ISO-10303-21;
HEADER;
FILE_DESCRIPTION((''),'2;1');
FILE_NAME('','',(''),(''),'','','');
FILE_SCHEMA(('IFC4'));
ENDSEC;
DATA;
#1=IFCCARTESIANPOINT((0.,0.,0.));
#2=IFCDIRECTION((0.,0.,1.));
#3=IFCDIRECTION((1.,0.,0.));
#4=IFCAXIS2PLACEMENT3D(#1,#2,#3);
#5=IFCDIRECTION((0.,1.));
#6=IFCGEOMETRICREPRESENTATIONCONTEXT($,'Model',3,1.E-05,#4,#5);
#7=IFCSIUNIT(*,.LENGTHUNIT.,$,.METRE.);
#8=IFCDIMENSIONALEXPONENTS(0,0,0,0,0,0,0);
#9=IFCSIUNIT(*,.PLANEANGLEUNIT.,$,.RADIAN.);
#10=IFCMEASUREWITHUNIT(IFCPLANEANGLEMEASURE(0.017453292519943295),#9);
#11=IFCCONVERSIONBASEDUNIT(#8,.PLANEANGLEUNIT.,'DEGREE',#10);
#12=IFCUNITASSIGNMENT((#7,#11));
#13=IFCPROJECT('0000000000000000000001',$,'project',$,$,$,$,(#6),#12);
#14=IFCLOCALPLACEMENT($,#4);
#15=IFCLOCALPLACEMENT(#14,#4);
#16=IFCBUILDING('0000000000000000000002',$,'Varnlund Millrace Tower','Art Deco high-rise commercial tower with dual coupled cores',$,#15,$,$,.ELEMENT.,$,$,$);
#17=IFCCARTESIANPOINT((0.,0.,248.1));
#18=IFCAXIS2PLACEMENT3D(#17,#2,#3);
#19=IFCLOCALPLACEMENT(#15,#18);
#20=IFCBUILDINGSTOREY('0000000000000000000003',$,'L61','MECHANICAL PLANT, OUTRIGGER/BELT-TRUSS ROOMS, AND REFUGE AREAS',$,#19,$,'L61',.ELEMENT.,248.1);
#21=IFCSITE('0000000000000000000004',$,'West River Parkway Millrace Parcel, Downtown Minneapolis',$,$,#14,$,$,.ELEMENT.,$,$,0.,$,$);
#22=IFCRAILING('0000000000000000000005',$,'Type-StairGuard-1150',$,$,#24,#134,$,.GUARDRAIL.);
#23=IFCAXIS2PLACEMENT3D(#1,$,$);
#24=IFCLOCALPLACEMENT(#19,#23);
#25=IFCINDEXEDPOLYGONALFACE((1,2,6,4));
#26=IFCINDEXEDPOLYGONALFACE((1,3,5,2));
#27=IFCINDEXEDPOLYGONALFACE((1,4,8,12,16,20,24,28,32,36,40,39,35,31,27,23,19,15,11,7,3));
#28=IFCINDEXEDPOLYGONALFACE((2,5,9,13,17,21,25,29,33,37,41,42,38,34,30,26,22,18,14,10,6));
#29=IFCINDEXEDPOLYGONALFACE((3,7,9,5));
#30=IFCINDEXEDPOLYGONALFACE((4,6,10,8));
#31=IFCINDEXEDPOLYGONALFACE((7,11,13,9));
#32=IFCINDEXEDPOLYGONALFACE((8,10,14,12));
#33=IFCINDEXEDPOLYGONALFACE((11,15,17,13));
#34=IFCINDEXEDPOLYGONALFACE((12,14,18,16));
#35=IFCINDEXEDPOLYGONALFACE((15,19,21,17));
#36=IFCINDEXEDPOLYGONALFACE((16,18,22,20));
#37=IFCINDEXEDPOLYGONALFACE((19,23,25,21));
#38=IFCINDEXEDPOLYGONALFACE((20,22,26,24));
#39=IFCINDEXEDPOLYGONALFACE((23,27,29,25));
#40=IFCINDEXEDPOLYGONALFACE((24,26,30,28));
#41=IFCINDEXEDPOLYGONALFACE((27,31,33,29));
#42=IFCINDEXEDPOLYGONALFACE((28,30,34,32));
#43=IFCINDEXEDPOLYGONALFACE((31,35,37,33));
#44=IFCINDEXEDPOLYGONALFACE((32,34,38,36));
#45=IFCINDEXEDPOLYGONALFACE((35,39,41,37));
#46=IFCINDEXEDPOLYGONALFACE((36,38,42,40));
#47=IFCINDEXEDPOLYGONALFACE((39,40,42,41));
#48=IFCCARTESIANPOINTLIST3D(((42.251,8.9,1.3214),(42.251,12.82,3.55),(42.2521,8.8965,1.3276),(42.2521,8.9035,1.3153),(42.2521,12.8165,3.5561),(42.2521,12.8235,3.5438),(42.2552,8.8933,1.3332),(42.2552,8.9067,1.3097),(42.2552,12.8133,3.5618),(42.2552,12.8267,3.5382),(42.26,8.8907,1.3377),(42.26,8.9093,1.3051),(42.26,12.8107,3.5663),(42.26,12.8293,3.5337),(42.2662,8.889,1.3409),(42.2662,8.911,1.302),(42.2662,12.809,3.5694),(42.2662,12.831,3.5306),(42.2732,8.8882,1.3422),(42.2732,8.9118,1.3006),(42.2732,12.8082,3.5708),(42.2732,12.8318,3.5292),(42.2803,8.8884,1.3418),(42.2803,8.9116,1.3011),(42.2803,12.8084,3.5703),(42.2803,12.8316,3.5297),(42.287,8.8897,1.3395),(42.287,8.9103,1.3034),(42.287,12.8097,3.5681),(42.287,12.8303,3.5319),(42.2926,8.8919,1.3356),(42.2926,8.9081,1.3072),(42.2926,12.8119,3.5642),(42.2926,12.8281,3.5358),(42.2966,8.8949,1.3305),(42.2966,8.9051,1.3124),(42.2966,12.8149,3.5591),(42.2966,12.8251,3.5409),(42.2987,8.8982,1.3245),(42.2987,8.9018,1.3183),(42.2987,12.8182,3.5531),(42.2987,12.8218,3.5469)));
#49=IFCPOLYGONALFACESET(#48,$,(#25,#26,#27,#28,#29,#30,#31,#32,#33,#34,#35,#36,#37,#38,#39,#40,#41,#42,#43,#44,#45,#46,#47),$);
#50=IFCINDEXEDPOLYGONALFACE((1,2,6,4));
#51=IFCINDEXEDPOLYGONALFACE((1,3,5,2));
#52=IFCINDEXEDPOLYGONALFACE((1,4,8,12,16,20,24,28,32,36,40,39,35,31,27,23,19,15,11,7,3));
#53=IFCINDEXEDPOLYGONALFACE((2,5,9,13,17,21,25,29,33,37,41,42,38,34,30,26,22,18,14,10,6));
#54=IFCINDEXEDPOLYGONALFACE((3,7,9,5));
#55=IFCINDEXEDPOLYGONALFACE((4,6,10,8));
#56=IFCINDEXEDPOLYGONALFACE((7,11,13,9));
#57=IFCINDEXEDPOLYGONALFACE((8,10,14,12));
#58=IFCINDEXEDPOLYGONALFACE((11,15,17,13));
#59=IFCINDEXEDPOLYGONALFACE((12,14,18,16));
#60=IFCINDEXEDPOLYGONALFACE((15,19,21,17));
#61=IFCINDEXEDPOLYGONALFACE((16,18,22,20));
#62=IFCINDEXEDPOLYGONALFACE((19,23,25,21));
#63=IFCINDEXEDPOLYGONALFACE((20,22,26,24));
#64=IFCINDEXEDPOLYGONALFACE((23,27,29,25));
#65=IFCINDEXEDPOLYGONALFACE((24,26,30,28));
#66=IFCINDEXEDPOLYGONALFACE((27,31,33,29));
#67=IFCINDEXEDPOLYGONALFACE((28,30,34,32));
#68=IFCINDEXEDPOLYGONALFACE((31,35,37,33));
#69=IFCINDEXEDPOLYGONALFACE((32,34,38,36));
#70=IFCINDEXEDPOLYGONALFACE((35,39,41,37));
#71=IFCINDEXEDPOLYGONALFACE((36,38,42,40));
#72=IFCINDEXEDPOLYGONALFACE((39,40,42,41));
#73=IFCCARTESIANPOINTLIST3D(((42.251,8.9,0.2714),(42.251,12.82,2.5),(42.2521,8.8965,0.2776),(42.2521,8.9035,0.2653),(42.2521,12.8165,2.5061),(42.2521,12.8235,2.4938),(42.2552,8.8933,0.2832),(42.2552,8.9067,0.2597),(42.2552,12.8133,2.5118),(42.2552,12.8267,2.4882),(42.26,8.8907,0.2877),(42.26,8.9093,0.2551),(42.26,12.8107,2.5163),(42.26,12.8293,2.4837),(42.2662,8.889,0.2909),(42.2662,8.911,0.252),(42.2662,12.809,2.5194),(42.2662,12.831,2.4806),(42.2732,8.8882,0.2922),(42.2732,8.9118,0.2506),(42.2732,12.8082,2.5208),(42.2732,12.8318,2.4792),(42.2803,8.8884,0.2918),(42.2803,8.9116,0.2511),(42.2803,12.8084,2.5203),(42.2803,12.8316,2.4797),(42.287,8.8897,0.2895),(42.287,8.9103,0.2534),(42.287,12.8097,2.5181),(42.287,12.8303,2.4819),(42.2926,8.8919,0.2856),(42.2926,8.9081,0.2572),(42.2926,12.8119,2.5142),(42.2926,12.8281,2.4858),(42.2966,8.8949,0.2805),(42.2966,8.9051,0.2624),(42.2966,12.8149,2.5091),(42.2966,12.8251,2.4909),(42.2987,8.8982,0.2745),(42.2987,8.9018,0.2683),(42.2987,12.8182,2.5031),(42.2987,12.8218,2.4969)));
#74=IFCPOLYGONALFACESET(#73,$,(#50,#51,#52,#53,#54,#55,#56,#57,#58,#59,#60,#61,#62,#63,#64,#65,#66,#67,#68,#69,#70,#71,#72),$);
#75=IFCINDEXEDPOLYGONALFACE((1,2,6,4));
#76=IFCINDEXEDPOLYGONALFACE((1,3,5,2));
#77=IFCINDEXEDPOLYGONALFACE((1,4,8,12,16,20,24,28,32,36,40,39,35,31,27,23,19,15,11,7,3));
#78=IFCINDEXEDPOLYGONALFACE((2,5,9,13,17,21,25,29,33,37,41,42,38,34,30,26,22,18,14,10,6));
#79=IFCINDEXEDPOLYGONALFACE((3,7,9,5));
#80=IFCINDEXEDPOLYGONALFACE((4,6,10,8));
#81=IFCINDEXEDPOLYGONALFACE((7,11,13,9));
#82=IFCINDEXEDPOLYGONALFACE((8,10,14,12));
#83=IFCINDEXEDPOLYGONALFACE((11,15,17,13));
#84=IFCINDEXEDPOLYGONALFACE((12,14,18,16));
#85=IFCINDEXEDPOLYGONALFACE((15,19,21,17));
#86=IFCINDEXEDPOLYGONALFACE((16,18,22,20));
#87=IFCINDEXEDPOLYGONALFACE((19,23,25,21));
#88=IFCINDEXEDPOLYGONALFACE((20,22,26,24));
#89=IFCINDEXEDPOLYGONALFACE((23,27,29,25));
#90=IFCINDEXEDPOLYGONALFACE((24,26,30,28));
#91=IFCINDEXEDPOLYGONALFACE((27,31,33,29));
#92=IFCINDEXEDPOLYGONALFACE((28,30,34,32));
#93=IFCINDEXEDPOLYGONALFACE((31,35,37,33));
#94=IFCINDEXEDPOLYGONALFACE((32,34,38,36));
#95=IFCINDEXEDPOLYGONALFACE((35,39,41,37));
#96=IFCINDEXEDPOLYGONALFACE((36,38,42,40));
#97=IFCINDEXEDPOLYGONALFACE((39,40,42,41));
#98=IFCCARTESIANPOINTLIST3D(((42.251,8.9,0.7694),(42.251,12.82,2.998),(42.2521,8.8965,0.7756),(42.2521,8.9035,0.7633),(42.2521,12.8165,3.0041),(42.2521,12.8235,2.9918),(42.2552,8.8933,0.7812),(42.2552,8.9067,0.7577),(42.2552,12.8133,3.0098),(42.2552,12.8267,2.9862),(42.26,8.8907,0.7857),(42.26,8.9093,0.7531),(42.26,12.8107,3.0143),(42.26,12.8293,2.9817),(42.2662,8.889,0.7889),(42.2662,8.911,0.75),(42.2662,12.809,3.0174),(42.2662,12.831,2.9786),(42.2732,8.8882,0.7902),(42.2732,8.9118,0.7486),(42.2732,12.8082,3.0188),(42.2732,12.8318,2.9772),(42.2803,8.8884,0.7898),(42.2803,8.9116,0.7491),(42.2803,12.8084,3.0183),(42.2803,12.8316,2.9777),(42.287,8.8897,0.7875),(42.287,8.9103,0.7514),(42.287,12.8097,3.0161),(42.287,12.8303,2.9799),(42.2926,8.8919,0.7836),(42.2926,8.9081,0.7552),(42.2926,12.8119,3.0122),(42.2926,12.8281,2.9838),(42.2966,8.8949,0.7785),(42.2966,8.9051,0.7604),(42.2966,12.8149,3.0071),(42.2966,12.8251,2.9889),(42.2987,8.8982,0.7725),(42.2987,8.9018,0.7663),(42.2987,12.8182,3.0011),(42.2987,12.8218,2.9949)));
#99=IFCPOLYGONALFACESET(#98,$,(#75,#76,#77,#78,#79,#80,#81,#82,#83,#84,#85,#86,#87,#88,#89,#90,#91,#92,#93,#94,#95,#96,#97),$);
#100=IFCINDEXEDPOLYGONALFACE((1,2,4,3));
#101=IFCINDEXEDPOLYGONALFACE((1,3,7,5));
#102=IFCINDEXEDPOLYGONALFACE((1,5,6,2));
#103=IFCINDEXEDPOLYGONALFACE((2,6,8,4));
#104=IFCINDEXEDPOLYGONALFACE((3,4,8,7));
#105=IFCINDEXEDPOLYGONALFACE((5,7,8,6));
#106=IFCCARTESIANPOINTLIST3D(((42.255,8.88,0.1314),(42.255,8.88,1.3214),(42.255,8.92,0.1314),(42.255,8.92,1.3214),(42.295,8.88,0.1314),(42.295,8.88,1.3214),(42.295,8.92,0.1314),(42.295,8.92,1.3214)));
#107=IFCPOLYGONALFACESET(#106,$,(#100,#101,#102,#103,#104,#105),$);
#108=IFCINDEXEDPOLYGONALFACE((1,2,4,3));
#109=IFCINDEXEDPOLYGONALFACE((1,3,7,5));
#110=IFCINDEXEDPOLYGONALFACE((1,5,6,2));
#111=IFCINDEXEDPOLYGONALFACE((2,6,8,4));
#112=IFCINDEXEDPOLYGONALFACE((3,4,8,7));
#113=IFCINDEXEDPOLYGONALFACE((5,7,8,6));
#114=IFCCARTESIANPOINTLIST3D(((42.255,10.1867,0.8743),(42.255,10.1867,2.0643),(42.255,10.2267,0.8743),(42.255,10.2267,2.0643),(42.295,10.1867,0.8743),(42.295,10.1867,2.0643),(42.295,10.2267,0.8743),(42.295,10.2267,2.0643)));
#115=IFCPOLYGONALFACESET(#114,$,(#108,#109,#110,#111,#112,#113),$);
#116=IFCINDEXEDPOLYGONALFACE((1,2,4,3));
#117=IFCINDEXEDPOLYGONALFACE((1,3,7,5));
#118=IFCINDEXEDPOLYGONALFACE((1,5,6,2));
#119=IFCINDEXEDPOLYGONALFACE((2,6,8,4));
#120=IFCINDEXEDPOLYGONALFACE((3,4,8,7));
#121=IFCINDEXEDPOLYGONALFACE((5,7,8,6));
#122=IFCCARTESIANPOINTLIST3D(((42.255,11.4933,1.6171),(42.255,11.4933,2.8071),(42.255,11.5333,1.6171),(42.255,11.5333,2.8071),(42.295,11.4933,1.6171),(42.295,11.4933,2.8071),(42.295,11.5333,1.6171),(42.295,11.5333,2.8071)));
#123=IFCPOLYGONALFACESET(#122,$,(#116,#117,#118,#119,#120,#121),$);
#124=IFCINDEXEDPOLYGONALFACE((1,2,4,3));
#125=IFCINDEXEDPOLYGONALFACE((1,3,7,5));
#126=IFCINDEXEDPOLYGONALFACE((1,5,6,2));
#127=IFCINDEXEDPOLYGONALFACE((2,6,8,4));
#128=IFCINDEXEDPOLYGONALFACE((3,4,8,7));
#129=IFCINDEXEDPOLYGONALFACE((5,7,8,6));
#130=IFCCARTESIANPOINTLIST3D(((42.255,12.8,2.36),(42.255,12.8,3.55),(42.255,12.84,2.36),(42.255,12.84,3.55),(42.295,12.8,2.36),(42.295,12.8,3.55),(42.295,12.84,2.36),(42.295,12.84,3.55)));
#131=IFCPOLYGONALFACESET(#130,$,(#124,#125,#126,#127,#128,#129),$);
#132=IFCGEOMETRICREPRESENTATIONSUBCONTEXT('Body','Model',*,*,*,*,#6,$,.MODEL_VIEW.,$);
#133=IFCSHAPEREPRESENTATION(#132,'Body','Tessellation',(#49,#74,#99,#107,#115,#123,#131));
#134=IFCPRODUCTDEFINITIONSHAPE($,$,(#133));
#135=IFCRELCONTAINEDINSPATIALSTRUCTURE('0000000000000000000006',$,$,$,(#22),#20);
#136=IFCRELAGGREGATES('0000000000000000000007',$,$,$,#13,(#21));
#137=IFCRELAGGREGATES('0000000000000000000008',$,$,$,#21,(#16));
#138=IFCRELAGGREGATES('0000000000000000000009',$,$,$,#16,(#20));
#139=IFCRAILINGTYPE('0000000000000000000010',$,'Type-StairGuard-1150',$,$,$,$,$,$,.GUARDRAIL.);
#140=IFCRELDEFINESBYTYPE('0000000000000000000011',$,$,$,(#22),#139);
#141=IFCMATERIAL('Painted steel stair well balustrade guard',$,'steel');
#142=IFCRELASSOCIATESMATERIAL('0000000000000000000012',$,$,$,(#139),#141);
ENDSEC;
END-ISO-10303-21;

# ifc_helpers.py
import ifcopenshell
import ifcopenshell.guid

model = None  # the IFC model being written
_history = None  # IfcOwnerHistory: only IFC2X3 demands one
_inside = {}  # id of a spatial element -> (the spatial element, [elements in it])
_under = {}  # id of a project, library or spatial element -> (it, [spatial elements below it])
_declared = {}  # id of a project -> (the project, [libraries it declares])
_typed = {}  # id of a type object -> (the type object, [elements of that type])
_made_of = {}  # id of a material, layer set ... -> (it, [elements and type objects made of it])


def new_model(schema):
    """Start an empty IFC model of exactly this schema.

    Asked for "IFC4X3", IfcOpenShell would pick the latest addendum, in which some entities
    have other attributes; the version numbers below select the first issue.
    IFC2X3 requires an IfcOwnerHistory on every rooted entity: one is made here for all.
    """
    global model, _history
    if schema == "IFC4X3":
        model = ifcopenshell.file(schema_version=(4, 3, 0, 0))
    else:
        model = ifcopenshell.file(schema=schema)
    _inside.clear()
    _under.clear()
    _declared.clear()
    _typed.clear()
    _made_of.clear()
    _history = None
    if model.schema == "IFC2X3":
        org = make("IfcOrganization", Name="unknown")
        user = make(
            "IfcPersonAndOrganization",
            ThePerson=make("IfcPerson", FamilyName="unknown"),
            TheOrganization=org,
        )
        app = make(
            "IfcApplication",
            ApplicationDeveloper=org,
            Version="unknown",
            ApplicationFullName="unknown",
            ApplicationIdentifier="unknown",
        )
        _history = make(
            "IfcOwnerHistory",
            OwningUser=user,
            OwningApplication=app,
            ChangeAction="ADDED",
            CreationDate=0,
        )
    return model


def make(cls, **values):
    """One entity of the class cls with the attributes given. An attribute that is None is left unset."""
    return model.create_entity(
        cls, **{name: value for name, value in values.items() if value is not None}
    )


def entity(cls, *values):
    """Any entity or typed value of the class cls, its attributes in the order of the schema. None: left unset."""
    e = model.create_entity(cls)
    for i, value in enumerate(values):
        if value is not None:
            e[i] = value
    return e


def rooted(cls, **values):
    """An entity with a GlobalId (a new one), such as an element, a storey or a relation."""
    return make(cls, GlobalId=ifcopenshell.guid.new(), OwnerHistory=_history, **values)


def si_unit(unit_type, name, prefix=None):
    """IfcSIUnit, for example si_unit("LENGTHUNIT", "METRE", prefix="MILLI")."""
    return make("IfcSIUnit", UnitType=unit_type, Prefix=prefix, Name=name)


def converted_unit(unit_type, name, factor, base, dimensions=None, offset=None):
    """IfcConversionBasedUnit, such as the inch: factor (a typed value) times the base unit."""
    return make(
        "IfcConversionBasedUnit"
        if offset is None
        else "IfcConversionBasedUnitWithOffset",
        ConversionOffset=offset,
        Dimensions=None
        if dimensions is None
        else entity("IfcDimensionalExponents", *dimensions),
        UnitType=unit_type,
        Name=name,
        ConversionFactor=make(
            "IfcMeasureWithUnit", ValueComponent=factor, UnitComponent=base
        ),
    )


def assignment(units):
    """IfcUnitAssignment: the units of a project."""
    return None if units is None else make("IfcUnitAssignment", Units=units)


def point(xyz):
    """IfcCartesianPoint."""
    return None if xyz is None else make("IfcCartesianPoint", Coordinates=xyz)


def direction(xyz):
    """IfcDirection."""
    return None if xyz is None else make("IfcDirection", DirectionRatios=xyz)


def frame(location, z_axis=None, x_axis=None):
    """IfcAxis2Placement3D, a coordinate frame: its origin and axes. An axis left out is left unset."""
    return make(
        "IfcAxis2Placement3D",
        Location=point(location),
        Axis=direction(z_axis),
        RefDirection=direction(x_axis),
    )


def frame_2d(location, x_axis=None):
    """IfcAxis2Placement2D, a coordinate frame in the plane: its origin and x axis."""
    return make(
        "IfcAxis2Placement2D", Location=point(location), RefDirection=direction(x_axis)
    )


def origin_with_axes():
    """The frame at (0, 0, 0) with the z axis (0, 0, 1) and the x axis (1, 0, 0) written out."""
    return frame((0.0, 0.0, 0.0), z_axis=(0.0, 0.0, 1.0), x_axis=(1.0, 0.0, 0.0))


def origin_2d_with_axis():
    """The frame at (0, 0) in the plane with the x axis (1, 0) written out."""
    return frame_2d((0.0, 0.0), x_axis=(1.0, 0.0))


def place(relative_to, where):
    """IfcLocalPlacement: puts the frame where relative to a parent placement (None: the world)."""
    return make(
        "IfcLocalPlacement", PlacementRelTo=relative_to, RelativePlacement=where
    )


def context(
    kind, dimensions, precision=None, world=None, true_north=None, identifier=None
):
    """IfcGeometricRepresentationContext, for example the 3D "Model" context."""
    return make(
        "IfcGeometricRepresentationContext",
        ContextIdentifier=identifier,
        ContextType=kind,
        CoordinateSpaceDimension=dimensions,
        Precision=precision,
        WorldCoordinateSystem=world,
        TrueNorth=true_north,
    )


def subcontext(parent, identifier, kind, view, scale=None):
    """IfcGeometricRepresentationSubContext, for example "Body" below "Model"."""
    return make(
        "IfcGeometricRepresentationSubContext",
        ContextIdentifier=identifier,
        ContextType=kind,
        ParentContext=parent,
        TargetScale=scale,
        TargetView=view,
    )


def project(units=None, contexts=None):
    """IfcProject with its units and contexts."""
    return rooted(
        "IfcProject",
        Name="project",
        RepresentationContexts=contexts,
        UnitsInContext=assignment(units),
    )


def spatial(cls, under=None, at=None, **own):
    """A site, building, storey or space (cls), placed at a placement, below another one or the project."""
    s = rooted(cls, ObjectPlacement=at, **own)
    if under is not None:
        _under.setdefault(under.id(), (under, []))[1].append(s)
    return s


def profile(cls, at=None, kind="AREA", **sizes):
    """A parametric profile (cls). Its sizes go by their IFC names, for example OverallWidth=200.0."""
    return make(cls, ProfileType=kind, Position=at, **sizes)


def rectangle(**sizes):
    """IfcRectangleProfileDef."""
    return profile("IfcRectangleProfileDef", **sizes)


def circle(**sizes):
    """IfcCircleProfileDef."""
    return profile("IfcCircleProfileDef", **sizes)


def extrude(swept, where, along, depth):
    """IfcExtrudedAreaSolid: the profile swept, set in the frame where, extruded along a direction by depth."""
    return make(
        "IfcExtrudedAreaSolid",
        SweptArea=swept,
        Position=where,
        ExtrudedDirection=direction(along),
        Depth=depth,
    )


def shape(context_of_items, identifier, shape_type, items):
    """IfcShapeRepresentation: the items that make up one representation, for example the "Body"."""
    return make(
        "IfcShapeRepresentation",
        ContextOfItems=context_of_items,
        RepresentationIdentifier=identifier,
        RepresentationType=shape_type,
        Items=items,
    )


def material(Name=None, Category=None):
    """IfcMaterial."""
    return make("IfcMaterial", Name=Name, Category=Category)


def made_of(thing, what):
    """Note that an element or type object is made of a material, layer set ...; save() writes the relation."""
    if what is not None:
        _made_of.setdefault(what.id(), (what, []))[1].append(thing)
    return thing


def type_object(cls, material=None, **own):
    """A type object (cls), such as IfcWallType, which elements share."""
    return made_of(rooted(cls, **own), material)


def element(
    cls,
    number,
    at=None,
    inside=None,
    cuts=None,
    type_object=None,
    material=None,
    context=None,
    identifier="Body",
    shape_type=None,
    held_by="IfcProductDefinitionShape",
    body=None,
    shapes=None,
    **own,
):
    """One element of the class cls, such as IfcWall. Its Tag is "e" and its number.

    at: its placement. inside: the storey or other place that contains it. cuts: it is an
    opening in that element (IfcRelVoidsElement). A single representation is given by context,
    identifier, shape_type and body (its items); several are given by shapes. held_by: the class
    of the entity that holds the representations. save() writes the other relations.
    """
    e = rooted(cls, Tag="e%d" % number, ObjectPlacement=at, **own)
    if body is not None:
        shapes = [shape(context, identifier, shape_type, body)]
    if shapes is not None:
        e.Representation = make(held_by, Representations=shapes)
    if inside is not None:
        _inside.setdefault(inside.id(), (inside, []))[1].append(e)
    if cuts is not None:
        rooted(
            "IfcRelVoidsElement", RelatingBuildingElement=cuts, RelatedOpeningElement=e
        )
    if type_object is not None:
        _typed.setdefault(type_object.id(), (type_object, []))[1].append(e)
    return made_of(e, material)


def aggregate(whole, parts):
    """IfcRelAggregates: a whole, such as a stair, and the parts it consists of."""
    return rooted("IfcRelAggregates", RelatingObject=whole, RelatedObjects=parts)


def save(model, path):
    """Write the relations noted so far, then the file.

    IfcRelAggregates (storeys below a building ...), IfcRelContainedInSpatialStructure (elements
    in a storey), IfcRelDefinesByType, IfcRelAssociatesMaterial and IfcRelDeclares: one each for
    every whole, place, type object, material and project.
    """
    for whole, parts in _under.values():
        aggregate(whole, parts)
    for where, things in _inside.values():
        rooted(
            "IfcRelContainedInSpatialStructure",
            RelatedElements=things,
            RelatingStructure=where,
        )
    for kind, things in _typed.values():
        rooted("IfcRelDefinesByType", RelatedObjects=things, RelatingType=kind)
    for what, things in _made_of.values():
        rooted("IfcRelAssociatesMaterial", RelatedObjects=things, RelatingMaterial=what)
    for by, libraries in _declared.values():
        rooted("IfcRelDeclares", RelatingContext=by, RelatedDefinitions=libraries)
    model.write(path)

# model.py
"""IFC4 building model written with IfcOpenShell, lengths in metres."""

from ifc_helpers import new_model, entity, si_unit, converted_unit, direction, frame, origin_with_axes, origin_2d_with_axis, place, context, subcontext, project, spatial, rectangle, circle, extrude, material, type_object, element, save


model = new_model("IFC4")

# Units and contexts
model_context = context("Model", 3, precision=1e-05, world=origin_with_axes(), true_north=direction((0.0, 1.0)))
body_context = subcontext(model_context, "Body", "Model", "MODEL_VIEW")
ifc_project = project(units=[si_unit("LENGTHUNIT", "METRE"), converted_unit("PLANEANGLEUNIT", "DEGREE", entity("IfcPlaneAngleMeasure", 0.017453292519943295), si_unit("PLANEANGLEUNIT", "RADIAN"), dimensions=[0, 0, 0, 0, 0, 0, 0])], contexts=[model_context])

# Site, building, storey
site_placement = place(None, origin_with_axes())
site = spatial("IfcSite", under=ifc_project, at=site_placement, Name="West River Parkway Millrace Parcel, Downtown Minneapolis", CompositionType="ELEMENT", RefElevation=0.0)
building_placement = place(site_placement, origin_with_axes())
building = spatial("IfcBuilding", under=site, at=building_placement, Name="Varnlund Millrace Tower", Description="Art Deco high-rise commercial tower with dual coupled cores", CompositionType="ELEMENT")
storey_placement = place(building_placement, frame((0.0, 0.0, 248.1), z_axis=(0.0, 0.0, 1.0), x_axis=(1.0, 0.0, 0.0)))
storey = spatial("IfcBuildingStorey", under=building, at=storey_placement, Name="L61", Description="MECHANICAL PLANT, OUTRIGGER/BELT-TRUSS ROOMS, AND REFUGE AREAS", LongName="L61", CompositionType="ELEMENT", Elevation=248.1)

# Railing
ifc_material_1 = material(Name="Painted steel stair well balustrade guard", Category="steel")
railing_type_1 = type_object("IfcRailingType", Name="Type-StairGuard-1150", PredefinedType="GUARDRAIL", material=ifc_material_1)
railing_1_placement = place(storey_placement, frame((0.0, 0.0, -248.1), z_axis=(0.0, 0.0, 1.0), x_axis=(1.0, 0.0, 0.0)))
element("IfcRailing", 1, at=railing_1_placement, inside=storey, type_object=railing_type_1, Name="Type-StairGuard-1150", PredefinedType="GUARDRAIL", context=body_context, shape_type="SweptSolid", body=[
    extrude(circle(Radius=0.024, at=origin_2d_with_axis()), frame((42.275, 8.9, 249.4214), z_axis=(0.0, 0.869333, 0.494227), x_axis=(-1.0, 0.0, 0.0)), (0.0, 0.0, 1.0), 4.5092),
    extrude(circle(Radius=0.024, at=origin_2d_with_axis()), frame((42.275, 8.9, 248.3714), z_axis=(0.0, 0.869333, 0.494227), x_axis=(-1.0, 0.0, 0.0)), (0.0, 0.0, 1.0), 4.5092),
    extrude(circle(Radius=0.024, at=origin_2d_with_axis()), frame((42.275, 8.9, 248.8694), z_axis=(0.0, 0.869333, 0.494227), x_axis=(-1.0, 0.0, 0.0)), (0.0, 0.0, 1.0), 4.5092),
    extrude(rectangle(XDim=0.04, YDim=0.04, at=origin_2d_with_axis()), frame((42.275, 8.9, 248.2314), z_axis=(0.0, 0.0, 1.0), x_axis=(1.0, 0.0, 0.0)), (0.0, 0.0, 1.0), 1.19),
    extrude(rectangle(XDim=0.04, YDim=0.04, at=origin_2d_with_axis()), frame((42.275, 10.2067, 248.9743), z_axis=(0.0, 0.0, 1.0), x_axis=(1.0, 0.0, 0.0)), (0.0, 0.0, 1.0), 1.19),
    extrude(rectangle(XDim=0.04, YDim=0.04, at=origin_2d_with_axis()), frame((42.275, 11.5133, 249.7171), z_axis=(0.0, 0.0, 1.0), x_axis=(1.0, 0.0, 0.0)), (0.0, 0.0, 1.0), 1.19),
    extrude(rectangle(XDim=0.04, YDim=0.04, at=origin_2d_with_axis()), frame((42.275, 12.82, 250.46), z_axis=(0.0, 0.0, 1.0), x_axis=(1.0, 0.0, 0.0)), (0.0, 0.0, 1.0), 1.19),
])

save(model, "model.ifc")
